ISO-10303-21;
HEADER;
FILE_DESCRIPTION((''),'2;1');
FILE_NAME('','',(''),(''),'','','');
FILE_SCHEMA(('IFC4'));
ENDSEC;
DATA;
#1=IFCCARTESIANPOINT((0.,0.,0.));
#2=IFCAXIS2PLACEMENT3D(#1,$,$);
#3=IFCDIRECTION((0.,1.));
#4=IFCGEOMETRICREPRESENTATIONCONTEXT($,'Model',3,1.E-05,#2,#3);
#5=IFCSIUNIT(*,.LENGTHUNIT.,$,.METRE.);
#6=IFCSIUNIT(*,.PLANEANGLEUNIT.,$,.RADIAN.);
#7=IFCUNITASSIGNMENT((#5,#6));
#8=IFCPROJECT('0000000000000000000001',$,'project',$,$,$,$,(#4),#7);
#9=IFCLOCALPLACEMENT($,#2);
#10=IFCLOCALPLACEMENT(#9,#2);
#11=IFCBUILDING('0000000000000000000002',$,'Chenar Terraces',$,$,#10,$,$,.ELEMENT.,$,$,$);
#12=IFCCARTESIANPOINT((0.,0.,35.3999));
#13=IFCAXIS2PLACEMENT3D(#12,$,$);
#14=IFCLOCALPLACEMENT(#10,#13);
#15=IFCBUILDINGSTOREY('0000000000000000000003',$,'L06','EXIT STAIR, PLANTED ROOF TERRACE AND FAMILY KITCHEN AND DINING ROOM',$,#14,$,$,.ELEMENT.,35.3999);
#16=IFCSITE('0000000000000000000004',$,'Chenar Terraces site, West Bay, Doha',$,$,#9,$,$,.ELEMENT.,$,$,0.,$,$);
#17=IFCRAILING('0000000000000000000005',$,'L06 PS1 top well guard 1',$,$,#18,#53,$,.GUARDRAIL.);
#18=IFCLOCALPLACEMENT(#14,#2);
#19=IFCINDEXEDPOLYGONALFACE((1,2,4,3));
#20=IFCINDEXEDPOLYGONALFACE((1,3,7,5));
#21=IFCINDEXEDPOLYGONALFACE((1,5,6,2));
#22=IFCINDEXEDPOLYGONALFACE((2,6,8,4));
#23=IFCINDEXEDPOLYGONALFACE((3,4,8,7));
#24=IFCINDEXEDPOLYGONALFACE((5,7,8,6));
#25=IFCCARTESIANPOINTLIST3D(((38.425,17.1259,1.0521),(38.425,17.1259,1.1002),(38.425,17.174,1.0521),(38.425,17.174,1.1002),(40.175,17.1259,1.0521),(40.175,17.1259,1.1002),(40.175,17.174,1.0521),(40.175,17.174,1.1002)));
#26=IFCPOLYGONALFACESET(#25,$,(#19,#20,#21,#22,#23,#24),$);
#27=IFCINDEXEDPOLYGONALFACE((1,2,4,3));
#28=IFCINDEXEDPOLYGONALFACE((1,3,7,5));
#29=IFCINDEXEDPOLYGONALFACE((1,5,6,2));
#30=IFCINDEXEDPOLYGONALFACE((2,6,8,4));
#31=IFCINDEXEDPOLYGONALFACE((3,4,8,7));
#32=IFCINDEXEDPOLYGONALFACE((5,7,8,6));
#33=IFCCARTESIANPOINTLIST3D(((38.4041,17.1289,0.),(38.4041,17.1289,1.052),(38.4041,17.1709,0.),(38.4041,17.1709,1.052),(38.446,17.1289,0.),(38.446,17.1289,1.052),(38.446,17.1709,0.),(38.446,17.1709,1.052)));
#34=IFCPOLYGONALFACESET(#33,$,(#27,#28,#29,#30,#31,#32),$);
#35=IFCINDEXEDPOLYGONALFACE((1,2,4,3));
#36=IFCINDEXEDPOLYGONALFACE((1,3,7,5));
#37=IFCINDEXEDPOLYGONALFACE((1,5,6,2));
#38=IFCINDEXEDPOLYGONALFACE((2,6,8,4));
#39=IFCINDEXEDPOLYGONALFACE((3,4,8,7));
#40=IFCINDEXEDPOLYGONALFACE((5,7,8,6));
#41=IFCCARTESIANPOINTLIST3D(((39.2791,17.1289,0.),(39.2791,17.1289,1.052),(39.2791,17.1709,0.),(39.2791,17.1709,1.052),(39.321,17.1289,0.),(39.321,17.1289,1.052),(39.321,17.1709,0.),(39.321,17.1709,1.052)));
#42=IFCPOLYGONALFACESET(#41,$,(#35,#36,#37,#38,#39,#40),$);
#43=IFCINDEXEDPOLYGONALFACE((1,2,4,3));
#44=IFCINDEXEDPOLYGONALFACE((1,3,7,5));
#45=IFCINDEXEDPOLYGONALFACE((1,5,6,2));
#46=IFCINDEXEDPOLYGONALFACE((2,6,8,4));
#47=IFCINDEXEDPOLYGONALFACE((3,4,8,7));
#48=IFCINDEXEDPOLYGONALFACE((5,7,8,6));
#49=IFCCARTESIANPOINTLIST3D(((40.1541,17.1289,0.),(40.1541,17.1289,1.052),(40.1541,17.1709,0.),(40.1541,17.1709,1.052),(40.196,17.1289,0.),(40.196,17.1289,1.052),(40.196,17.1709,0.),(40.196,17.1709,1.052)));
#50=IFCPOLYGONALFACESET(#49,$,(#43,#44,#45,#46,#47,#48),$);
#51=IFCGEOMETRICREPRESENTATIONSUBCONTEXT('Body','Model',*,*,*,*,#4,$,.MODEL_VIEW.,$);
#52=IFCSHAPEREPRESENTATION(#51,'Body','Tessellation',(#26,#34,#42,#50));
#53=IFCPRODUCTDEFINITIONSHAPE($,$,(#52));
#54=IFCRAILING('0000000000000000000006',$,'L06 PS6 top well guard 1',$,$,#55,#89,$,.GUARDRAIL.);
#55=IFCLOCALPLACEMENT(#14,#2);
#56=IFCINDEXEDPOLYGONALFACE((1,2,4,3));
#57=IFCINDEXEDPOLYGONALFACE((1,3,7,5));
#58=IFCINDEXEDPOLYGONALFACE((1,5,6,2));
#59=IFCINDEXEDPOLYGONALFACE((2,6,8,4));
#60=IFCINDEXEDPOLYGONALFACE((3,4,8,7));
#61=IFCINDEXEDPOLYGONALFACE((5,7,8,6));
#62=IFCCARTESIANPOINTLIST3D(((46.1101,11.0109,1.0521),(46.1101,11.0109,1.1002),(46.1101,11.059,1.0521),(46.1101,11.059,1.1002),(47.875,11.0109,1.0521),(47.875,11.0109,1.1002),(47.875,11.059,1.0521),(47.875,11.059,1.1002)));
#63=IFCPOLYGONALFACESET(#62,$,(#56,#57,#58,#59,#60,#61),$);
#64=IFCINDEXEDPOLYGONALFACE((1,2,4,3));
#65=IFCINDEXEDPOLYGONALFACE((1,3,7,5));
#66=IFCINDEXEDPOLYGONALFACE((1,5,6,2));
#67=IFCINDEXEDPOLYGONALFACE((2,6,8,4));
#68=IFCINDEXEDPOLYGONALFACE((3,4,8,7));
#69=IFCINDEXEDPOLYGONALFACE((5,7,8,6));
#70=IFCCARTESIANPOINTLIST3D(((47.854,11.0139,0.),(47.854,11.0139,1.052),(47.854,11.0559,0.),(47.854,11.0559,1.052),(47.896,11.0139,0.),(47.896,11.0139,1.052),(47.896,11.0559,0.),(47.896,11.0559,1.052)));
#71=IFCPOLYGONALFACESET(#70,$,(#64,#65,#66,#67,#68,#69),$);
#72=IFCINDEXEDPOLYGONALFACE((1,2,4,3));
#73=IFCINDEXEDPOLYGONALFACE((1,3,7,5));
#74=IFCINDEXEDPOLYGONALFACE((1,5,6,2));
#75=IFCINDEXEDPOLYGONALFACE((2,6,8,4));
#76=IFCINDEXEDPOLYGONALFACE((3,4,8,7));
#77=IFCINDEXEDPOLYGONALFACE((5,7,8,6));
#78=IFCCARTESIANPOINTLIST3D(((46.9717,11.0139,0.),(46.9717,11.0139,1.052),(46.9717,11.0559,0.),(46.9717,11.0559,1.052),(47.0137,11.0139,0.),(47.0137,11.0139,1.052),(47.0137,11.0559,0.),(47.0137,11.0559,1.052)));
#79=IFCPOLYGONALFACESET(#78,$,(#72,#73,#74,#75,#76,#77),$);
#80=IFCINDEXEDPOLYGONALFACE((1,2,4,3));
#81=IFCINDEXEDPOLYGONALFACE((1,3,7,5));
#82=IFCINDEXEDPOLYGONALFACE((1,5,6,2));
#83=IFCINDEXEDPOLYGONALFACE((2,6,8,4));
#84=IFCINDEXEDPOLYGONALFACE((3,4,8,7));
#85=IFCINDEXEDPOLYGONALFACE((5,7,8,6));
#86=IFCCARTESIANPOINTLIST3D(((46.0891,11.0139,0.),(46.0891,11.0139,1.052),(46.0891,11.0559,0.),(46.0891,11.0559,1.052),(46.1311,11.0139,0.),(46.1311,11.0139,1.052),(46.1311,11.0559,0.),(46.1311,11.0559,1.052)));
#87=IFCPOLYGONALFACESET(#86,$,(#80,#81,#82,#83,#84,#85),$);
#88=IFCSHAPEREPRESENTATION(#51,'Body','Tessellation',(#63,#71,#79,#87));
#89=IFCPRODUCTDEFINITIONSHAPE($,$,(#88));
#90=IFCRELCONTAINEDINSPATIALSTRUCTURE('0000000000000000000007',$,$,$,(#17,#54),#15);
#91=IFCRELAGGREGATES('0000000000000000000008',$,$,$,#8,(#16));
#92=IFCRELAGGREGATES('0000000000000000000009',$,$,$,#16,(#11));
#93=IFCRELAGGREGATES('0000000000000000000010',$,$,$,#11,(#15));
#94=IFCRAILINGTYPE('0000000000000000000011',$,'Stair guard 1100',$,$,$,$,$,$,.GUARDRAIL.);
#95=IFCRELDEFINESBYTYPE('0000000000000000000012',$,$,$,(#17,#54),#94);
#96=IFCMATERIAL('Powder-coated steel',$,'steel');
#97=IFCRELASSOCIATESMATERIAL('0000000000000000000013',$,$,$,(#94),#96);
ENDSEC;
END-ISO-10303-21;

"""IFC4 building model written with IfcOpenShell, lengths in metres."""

from ifc_helpers import new_model, si_unit, direction, frame, origin, origin_2d, place, context, subcontext, project, spatial, rectangle, extrude, material, type_object, element, save


model = new_model("IFC4")

# Units and contexts
model_context = context("Model", 3, precision=1e-05, world=origin(), true_north=direction((0.0, 1.0)))
body_context = subcontext(model_context, "Body", "Model", "MODEL_VIEW")
ifc_project = project(units=[si_unit("LENGTHUNIT", "METRE"), si_unit("PLANEANGLEUNIT", "RADIAN")], contexts=[model_context])

# Site, building, storey
site_placement = place(None, origin())
site = spatial("IfcSite", under=ifc_project, at=site_placement, Name="Chenar Terraces site, West Bay, Doha", CompositionType="ELEMENT", RefElevation=0.0)
building_placement = place(site_placement, origin())
building = spatial("IfcBuilding", under=site, at=building_placement, Name="Chenar Terraces", CompositionType="ELEMENT")
storey_placement = place(building_placement, frame((0.0, 0.0, 35.3999)))
storey = spatial("IfcBuildingStorey", under=building, at=storey_placement, Name="L06", Description="EXIT STAIR, PLANTED ROOF TERRACE AND FAMILY KITCHEN AND DINING ROOM", CompositionType="ELEMENT", Elevation=35.3999)

# Railings
ifc_material_1 = material(Name="Powder-coated steel", Category="steel")
railing_type = type_object("IfcRailingType", Name="Stair guard 1100", PredefinedType="GUARDRAIL", material=ifc_material_1)
railing_1_placement = place(storey_placement, frame((38.425, 17.1499, 0.0)))
element("IfcRailing", 1, at=railing_1_placement, inside=storey, type_object=railing_type, Name="L06 PS1 top well guard 1", PredefinedType="GUARDRAIL", context=body_context, shape_type="SweptSolid", body=[
    extrude(rectangle(XDim=0.0481, YDim=0.0481, at=origin_2d()), frame((0.0, 0.0, 1.0762), z_axis=(1.0, 0.0, 0.0), x_axis=(0.0, 1.0, 0.0)), (0.0, 0.0, 1.0), 1.75),
    extrude(rectangle(XDim=0.042, YDim=0.042, at=origin_2d()), origin(), (0.0, 0.0, 1.0), 1.052),
    extrude(rectangle(XDim=0.042, YDim=0.042, at=origin_2d()), frame((0.875, 0.0, 0.0)), (0.0, 0.0, 1.0), 1.052),
    extrude(rectangle(XDim=0.042, YDim=0.042, at=origin_2d()), frame((1.75, 0.0, 0.0)), (0.0, 0.0, 1.0), 1.052),
])
railing_2_placement = place(storey_placement, frame((47.875, 11.0349, 0.0)))
element("IfcRailing", 2, at=railing_2_placement, inside=storey, type_object=railing_type, Name="L06 PS6 top well guard 1", PredefinedType="GUARDRAIL", context=body_context, shape_type="SweptSolid", body=[
    extrude(rectangle(XDim=0.0481, YDim=0.0481, at=origin_2d()), frame((0.0, 0.0, 1.0762), z_axis=(-1.0, 0.0, 0.0), x_axis=(0.0, -1.0, 0.0)), (0.0, 0.0, 1.0), 1.7649),
    extrude(rectangle(XDim=0.042, YDim=0.042, at=origin_2d()), origin(), (0.0, 0.0, 1.0), 1.052),
    extrude(rectangle(XDim=0.042, YDim=0.042, at=origin_2d()), frame((-0.8823, 0.0, 0.0)), (0.0, 0.0, 1.0), 1.052),
    extrude(rectangle(XDim=0.042, YDim=0.042, at=origin_2d()), frame((-1.7649, 0.0, 0.0)), (0.0, 0.0, 1.0), 1.052),
])

save(model, "model.ifc")
